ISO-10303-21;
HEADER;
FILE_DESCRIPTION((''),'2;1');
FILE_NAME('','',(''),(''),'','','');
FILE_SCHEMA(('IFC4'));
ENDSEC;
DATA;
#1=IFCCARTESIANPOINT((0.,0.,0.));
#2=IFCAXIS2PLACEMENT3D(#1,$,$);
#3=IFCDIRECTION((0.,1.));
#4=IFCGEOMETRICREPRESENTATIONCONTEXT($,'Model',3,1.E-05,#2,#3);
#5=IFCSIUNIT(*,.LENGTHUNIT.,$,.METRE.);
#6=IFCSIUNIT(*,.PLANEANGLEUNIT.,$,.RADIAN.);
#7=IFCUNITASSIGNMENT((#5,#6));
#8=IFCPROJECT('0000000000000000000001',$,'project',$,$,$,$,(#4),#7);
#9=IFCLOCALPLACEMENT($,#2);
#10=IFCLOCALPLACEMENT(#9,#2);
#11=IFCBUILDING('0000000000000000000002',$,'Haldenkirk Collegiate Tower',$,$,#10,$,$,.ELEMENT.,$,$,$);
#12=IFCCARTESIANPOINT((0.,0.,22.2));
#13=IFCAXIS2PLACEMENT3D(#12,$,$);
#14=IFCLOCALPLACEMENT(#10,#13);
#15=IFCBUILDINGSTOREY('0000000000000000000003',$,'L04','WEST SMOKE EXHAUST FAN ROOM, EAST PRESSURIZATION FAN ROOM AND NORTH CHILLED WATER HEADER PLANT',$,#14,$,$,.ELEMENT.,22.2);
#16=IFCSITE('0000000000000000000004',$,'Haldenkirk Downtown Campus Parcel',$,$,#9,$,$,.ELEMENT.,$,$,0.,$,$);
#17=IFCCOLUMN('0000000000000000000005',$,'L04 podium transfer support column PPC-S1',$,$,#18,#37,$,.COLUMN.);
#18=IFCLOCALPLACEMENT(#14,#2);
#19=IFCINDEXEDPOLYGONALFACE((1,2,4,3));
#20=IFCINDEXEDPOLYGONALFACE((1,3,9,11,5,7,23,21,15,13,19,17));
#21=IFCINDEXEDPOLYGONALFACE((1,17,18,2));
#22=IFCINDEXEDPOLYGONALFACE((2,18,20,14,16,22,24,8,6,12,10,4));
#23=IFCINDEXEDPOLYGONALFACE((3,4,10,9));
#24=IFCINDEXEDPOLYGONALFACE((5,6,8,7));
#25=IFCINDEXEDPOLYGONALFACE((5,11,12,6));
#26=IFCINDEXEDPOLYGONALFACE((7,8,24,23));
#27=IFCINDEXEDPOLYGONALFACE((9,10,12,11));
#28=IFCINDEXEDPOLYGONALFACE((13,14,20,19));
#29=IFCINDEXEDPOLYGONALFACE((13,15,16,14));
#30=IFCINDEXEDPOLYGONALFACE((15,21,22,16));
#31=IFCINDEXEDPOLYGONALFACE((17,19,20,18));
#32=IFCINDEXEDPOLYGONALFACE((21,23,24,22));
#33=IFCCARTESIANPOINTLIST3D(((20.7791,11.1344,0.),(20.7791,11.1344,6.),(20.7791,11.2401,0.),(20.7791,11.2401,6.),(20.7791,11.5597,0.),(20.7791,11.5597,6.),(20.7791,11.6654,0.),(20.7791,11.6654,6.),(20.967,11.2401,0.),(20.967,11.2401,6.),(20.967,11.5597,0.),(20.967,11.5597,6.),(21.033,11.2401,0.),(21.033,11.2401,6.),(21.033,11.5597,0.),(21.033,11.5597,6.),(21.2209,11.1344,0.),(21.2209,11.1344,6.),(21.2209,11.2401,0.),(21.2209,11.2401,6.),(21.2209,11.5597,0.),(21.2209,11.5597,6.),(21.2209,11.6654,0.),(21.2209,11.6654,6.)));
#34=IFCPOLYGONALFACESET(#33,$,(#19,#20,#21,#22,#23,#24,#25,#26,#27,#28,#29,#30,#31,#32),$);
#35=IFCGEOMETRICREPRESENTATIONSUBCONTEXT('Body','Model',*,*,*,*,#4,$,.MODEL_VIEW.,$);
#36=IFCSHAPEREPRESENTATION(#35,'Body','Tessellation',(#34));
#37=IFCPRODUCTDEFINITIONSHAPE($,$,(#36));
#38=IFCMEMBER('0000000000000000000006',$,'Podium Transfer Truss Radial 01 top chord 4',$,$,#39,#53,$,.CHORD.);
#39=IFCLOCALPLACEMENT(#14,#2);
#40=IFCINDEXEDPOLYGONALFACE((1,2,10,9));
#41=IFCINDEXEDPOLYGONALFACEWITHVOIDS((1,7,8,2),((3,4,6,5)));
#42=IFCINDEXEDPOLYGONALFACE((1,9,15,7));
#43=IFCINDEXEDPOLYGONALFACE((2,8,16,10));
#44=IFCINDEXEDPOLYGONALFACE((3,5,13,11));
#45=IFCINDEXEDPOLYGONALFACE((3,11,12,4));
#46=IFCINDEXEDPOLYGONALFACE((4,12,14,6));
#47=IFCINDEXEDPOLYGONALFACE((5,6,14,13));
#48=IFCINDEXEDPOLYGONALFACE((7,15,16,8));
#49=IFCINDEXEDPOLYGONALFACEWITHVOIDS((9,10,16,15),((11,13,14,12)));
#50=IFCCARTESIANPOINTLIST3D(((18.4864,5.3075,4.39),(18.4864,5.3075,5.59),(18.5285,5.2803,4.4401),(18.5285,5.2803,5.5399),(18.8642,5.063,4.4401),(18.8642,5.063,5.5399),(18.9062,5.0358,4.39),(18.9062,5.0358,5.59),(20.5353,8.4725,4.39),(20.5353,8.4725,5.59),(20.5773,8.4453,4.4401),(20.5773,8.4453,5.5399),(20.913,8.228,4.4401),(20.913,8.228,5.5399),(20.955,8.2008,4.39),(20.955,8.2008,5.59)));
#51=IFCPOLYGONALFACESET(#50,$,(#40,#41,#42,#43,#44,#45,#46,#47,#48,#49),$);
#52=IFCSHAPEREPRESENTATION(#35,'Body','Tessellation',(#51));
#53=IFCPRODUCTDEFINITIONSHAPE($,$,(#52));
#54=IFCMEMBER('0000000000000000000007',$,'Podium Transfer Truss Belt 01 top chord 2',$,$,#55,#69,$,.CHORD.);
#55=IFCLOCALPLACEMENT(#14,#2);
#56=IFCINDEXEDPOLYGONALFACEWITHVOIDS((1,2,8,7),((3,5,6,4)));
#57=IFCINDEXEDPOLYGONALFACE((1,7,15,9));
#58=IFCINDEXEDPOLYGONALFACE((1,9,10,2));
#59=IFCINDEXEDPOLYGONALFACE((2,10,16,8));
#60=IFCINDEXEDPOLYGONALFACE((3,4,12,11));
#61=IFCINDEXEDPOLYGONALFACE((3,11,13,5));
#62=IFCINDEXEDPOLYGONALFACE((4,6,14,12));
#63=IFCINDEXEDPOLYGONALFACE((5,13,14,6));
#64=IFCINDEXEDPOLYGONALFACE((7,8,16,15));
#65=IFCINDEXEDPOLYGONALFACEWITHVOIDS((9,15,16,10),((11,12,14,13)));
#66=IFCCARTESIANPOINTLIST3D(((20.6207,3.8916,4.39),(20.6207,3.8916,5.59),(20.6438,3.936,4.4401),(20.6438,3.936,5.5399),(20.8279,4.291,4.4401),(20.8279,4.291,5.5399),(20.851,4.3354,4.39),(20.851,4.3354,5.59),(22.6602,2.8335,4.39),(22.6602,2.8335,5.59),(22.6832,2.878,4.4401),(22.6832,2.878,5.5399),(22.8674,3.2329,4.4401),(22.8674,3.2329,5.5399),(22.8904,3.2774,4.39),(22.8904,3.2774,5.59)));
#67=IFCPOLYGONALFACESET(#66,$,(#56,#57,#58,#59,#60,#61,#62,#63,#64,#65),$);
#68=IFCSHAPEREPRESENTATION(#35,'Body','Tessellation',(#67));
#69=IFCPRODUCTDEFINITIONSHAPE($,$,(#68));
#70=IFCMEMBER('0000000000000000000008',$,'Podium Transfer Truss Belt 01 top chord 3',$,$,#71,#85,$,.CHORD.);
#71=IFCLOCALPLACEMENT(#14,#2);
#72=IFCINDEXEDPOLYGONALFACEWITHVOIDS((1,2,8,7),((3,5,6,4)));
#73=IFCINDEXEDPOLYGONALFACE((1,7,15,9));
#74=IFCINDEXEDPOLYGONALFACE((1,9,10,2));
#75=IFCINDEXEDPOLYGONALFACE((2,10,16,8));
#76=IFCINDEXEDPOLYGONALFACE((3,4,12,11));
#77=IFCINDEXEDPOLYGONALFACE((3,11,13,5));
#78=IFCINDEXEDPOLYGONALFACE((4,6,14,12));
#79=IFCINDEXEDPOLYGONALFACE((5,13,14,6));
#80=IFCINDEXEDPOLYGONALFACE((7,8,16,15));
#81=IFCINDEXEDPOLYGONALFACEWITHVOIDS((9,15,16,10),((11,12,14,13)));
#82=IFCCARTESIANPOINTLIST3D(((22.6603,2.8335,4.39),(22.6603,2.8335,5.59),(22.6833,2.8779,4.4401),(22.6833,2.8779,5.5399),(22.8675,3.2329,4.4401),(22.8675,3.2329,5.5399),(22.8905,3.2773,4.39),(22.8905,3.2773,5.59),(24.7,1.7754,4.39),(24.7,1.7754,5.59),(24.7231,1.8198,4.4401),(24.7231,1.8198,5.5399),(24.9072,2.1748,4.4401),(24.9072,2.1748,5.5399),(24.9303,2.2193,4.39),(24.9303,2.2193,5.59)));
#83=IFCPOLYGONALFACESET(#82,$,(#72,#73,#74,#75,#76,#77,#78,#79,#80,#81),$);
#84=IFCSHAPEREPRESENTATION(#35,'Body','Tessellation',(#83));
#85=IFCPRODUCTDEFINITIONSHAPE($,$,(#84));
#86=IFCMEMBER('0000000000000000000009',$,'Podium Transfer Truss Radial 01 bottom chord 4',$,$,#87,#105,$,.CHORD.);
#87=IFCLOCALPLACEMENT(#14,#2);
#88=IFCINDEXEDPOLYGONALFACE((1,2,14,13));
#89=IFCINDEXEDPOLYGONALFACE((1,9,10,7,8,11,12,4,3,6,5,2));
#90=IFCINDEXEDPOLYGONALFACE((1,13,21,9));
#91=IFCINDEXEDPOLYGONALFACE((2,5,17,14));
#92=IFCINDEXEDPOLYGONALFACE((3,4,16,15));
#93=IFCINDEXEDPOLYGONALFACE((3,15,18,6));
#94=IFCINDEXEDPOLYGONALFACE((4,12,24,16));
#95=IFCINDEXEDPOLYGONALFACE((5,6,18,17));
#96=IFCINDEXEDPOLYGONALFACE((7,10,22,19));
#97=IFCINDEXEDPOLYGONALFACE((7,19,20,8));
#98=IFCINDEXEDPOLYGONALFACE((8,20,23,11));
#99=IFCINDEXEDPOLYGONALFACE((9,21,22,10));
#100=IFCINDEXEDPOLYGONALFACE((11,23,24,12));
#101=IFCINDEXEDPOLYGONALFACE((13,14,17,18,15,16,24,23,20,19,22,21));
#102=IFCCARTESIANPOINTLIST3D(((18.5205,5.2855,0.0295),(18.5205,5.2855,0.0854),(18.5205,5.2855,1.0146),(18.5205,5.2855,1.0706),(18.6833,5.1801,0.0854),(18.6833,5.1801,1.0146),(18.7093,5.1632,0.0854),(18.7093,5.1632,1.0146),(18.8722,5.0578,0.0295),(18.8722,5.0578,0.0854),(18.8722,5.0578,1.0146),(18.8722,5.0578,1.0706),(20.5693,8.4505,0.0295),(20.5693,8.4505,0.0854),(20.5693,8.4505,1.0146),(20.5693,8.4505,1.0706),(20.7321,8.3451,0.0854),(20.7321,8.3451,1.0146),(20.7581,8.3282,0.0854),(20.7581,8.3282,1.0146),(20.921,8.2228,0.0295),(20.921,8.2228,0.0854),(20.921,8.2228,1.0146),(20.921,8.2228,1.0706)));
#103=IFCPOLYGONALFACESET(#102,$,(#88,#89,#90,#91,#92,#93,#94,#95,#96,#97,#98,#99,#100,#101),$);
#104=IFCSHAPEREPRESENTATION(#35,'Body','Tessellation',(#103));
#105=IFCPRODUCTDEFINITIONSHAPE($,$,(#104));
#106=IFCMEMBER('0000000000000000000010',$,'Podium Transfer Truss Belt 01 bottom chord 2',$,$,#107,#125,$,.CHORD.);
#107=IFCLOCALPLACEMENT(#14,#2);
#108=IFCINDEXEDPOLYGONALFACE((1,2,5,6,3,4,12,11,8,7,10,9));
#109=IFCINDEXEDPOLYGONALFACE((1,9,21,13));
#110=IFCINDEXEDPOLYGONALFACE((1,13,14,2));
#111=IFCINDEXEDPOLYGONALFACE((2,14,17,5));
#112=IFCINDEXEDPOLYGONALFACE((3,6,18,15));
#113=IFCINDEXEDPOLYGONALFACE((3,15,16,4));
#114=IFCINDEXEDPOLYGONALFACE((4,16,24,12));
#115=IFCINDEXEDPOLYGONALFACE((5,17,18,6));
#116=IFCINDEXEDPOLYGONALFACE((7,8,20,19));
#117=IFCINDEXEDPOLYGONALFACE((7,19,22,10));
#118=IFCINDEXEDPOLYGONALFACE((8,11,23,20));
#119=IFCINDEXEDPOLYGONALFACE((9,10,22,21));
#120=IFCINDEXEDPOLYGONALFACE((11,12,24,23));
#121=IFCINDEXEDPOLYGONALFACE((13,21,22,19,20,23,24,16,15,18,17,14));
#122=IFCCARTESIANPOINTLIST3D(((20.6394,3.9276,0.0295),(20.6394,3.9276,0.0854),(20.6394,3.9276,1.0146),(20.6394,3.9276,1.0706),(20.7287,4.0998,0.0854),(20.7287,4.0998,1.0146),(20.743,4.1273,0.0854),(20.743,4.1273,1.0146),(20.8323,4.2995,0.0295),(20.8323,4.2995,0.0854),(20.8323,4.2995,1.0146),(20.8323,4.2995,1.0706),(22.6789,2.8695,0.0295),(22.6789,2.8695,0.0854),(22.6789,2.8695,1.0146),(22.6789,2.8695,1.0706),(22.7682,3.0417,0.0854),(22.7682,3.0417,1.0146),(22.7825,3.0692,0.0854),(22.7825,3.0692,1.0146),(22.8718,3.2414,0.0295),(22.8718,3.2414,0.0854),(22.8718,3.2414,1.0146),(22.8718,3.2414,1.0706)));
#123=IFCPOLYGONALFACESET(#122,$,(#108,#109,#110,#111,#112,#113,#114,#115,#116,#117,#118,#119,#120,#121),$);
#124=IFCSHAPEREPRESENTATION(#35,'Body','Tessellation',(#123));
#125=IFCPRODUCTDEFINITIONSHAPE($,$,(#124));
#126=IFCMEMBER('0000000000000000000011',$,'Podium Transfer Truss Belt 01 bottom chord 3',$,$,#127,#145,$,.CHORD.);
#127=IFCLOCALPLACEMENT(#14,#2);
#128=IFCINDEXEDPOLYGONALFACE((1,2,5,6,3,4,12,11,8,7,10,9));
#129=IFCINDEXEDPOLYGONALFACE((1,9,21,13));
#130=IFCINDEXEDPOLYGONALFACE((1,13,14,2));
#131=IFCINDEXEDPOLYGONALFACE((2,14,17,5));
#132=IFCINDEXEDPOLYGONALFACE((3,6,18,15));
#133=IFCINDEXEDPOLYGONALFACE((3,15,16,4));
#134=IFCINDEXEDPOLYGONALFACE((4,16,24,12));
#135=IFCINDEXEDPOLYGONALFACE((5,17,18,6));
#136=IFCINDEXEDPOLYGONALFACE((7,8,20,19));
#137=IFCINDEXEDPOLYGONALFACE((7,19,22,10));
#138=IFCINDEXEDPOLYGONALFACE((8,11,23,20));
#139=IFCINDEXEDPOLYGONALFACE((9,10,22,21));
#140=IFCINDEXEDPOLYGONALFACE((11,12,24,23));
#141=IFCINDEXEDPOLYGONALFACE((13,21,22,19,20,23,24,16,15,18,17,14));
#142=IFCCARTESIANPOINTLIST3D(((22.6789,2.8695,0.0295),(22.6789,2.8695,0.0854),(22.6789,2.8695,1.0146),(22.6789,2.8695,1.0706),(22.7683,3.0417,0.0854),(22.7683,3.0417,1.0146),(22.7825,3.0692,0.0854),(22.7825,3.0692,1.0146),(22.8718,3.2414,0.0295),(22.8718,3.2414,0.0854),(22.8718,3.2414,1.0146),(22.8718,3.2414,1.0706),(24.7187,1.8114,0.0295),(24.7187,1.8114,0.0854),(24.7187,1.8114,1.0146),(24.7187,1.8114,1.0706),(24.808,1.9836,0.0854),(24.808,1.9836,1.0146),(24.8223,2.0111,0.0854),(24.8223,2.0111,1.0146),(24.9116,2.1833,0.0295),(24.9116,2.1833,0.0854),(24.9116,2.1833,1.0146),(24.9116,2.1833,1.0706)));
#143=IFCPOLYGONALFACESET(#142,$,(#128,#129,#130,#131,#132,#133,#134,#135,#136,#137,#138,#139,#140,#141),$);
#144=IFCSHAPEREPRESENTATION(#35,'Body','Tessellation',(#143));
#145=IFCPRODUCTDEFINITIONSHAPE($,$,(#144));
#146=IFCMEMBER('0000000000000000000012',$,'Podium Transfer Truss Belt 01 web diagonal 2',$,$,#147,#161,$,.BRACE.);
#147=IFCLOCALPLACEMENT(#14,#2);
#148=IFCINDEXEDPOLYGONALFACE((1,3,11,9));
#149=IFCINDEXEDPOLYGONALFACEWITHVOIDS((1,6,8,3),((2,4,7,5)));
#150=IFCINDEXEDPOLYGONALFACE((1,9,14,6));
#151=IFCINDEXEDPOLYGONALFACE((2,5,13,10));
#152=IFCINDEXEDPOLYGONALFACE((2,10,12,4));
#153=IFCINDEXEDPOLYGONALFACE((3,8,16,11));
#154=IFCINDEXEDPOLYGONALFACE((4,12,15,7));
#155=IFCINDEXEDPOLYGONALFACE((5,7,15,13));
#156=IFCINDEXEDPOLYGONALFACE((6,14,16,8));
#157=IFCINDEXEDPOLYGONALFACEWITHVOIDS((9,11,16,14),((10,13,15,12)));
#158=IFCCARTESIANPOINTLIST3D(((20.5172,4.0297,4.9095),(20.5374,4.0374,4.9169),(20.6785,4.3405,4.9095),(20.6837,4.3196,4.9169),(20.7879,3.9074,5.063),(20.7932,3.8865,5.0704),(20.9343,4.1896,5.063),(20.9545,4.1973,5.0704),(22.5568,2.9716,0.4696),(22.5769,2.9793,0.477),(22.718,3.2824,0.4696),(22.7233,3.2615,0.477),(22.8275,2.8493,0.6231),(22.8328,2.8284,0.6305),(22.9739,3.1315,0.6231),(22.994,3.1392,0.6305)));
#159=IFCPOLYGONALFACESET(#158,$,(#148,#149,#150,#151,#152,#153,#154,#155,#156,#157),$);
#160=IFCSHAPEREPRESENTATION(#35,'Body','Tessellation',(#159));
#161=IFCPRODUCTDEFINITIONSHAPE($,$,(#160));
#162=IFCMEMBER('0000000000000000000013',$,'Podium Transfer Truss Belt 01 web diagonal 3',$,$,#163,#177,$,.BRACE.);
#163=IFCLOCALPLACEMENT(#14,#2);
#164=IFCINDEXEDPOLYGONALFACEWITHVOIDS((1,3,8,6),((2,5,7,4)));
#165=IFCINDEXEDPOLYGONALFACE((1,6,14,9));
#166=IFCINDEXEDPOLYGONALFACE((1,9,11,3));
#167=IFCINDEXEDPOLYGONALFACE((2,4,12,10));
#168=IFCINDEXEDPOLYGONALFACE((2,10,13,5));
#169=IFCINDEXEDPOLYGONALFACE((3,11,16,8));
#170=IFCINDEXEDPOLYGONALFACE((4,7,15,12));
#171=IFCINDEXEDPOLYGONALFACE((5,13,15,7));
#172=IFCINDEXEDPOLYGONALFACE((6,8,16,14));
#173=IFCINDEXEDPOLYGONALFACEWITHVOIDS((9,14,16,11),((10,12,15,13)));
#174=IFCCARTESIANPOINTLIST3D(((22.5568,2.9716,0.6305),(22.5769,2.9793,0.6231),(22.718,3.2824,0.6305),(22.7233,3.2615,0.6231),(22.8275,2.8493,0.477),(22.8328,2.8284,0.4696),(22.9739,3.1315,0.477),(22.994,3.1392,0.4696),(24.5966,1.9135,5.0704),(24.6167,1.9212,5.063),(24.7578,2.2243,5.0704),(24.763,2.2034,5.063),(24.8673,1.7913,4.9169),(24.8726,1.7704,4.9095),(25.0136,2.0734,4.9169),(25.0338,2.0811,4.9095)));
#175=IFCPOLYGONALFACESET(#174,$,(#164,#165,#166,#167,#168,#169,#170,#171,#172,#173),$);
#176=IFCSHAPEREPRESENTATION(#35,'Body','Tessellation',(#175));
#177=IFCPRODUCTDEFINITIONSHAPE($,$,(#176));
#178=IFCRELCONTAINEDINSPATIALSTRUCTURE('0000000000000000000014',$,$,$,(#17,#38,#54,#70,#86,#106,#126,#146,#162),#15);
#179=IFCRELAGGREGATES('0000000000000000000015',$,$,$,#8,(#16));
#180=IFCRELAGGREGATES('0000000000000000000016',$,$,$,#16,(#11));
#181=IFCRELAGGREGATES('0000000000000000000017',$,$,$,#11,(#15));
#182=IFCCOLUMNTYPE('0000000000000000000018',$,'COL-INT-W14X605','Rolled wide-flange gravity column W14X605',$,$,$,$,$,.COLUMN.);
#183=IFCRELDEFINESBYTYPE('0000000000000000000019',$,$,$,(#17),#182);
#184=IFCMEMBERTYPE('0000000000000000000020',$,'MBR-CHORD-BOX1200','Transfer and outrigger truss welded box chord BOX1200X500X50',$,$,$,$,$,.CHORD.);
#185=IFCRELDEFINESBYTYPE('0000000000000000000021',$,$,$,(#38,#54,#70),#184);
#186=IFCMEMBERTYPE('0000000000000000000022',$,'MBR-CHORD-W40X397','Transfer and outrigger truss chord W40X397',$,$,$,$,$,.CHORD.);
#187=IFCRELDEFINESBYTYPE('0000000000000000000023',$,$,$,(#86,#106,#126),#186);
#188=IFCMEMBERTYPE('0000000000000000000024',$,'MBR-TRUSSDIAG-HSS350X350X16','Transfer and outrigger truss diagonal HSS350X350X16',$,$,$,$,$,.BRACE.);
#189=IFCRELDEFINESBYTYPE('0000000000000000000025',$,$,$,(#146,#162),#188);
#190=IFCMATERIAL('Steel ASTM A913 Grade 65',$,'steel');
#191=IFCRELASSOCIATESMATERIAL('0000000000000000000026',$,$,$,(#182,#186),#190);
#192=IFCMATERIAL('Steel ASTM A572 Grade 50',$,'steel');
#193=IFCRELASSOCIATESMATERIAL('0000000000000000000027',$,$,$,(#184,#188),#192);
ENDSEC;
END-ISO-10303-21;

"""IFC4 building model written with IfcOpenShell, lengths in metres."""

from ifc_helpers import new_model, si_unit, direction, frame, origin, origin_2d, place, context, subcontext, project, spatial, hollow_rectangle, i_section, extrude, material, material_profile, profile_set, type_object, element, save


model = new_model("IFC4")

# Units and contexts
model_context = context("Model", 3, precision=1e-05, world=origin(), true_north=direction((0.0, 1.0)))
body_context = subcontext(model_context, "Body", "Model", "MODEL_VIEW")
ifc_project = project(units=[si_unit("LENGTHUNIT", "METRE"), si_unit("PLANEANGLEUNIT", "RADIAN")], contexts=[model_context])

# Site, building, storey
site_placement = place(None, origin())
site = spatial("IfcSite", under=ifc_project, at=site_placement, Name="Haldenkirk Downtown Campus Parcel", CompositionType="ELEMENT", RefElevation=0.0)
building_placement = place(site_placement, origin())
building = spatial("IfcBuilding", under=site, at=building_placement, Name="Haldenkirk Collegiate Tower", CompositionType="ELEMENT")
storey_placement = place(building_placement, frame((0.0, 0.0, 22.2)))
storey = spatial("IfcBuildingStorey", under=building, at=storey_placement, Name="L04", Description="WEST SMOKE EXHAUST FAN ROOM, EAST PRESSURIZATION FAN ROOM AND NORTH CHILLED WATER HEADER PLANT", CompositionType="ELEMENT", Elevation=22.2)

# Column
ifc_material_1 = material(Name="Steel ASTM A913 Grade 65", Category="steel")
ifc_material_profile_1 = material_profile(ifc_material_1, i_section(OverallWidth=0.4419, OverallDepth=0.531, WebThickness=0.0659, FlangeThickness=0.1057, at=origin_2d()), Name="W14X605")
ifc_profile_set_1 = profile_set([ifc_material_profile_1], Name="Steel ASTM A913 Grade 65")
column_type = type_object("IfcColumnType", Name="COL-INT-W14X605", Description="Rolled wide-flange gravity column W14X605", PredefinedType="COLUMN", material=ifc_profile_set_1)
column_placement = place(storey_placement, frame((21.0, 11.3999, 0.0), z_axis=(0.0, 0.0, 1.0), x_axis=(1.0, 0.0, 0.0)))
element("IfcColumn", 1, at=column_placement, inside=storey, type_object=column_type, Name="L04 podium transfer support column PPC-S1", PredefinedType="COLUMN", context=body_context, shape_type="SweptSolid", body=[
    extrude(i_section(OverallWidth=0.4419, OverallDepth=0.531, WebThickness=0.0659, FlangeThickness=0.1057, at=origin_2d()), origin(), (0.0, 0.0, 1.0), 6.0),
])

# Members
ifc_material_2 = material(Name="Steel ASTM A572 Grade 50", Category="steel")
ifc_material_profile_2 = material_profile(ifc_material_2, hollow_rectangle(XDim=0.5, YDim=1.2, WallThickness=0.05, at=origin_2d()), Name="BOX1200X500X50")
ifc_profile_set_2 = profile_set([ifc_material_profile_2], Name="Steel ASTM A572 Grade 50")
member_type_1 = type_object("IfcMemberType", Name="MBR-CHORD-BOX1200", Description="Transfer and outrigger truss welded box chord BOX1200X500X50", PredefinedType="CHORD", material=ifc_profile_set_2)
member_1_placement = place(storey_placement, frame((20.7451, 8.3367, 4.99), z_axis=(-0.543412, -0.839466, 0.0), x_axis=(0.839466, -0.543412, 0.0)))
element("IfcMember", 2, at=member_1_placement, inside=storey, type_object=member_type_1, Name="Podium Transfer Truss Radial 01 top chord 4", PredefinedType="CHORD", context=body_context, shape_type="SweptSolid", body=[
    extrude(hollow_rectangle(XDim=0.5, YDim=1.2, WallThickness=0.05, at=origin_2d()), origin(), (0.0, 0.0, 1.0), 3.7703),
])
member_2_placement = place(storey_placement, frame((20.7358, 4.1135, 4.99), z_axis=(0.887655, -0.460509, 0.0), x_axis=(0.460509, 0.887655, 0.0)))
element("IfcMember", 3, at=member_2_placement, inside=storey, type_object=member_type_1, Name="Podium Transfer Truss Belt 01 top chord 2", PredefinedType="CHORD", context=body_context, shape_type="SweptSolid", body=[
    extrude(hollow_rectangle(XDim=0.5, YDim=1.2, WallThickness=0.05, at=origin_2d()), origin(), (0.0, 0.0, 1.0), 2.2976),
])
member_3_placement = place(storey_placement, frame((22.7754, 3.0554, 4.99), z_axis=(0.887677, -0.460466, 0.0), x_axis=(0.460466, 0.887677, 0.0)))
element("IfcMember", 4, at=member_3_placement, inside=storey, type_object=member_type_1, Name="Podium Transfer Truss Belt 01 top chord 3", PredefinedType="CHORD", context=body_context, shape_type="SweptSolid", body=[
    extrude(hollow_rectangle(XDim=0.5, YDim=1.2, WallThickness=0.05, at=origin_2d()), origin(), (0.0, 0.0, 1.0), 2.2979),
])
ifc_material_profile_3 = material_profile(ifc_material_1, i_section(OverallWidth=0.4189, OverallDepth=1.041, WebThickness=0.031, FlangeThickness=0.0559, at=origin_2d()), Name="W40X397")
ifc_profile_set_3 = profile_set([ifc_material_profile_3], Name="Steel ASTM A913 Grade 65")
member_type_2 = type_object("IfcMemberType", Name="MBR-CHORD-W40X397", Description="Transfer and outrigger truss chord W40X397", PredefinedType="CHORD", material=ifc_profile_set_3)
member_4_placement = place(storey_placement, frame((20.7451, 8.3367, 0.55), z_axis=(-0.543412, -0.839466, 0.0), x_axis=(0.839466, -0.543412, 0.0)))
element("IfcMember", 5, at=member_4_placement, inside=storey, type_object=member_type_2, Name="Podium Transfer Truss Radial 01 bottom chord 4", PredefinedType="CHORD", context=body_context, shape_type="SweptSolid", body=[
    extrude(i_section(OverallWidth=0.4189, OverallDepth=1.041, WebThickness=0.031, FlangeThickness=0.0559, at=origin_2d()), origin(), (0.0, 0.0, 1.0), 3.7703),
])
member_5_placement = place(storey_placement, frame((20.7358, 4.1135, 0.55), z_axis=(0.887655, -0.460509, 0.0), x_axis=(0.460509, 0.887655, 0.0)))
element("IfcMember", 6, at=member_5_placement, inside=storey, type_object=member_type_2, Name="Podium Transfer Truss Belt 01 bottom chord 2", PredefinedType="CHORD", context=body_context, shape_type="SweptSolid", body=[
    extrude(i_section(OverallWidth=0.4189, OverallDepth=1.041, WebThickness=0.031, FlangeThickness=0.0559, at=origin_2d()), origin(), (0.0, 0.0, 1.0), 2.2976),
])
member_6_placement = place(storey_placement, frame((22.7754, 3.0554, 0.55), z_axis=(0.887677, -0.460466, 0.0), x_axis=(0.460466, 0.887677, 0.0)))
element("IfcMember", 7, at=member_6_placement, inside=storey, type_object=member_type_2, Name="Podium Transfer Truss Belt 01 bottom chord 3", PredefinedType="CHORD", context=body_context, shape_type="SweptSolid", body=[
    extrude(i_section(OverallWidth=0.4189, OverallDepth=1.041, WebThickness=0.031, FlangeThickness=0.0559, at=origin_2d()), origin(), (0.0, 0.0, 1.0), 2.2979),
])
ifc_material_profile_4 = material_profile(ifc_material_2, hollow_rectangle(XDim=0.3501, YDim=0.3501, WallThickness=0.0161, at=origin_2d()), Name="HSS350X350X16")
ifc_profile_set_4 = profile_set([ifc_material_profile_4], Name="Steel ASTM A572 Grade 50")
member_type_3 = type_object("IfcMemberType", Name="MBR-TRUSSDIAG-HSS350X350X16", Description="Transfer and outrigger truss diagonal HSS350X350X16", PredefinedType="BRACE", material=ifc_profile_set_4)
for number, where, z_axis, x_axis, name in (
    (8, (20.7358, 4.1135, 4.99), (0.407972, -0.211653, -0.888123), (0.460509, 0.887655, 0.0), "Podium Transfer Truss Belt 01 web diagonal 2"),
    (9, (22.7754, 3.0554, 0.55), (0.408013, -0.211649, 0.888105), (0.460466, 0.887677, 0.0), "Podium Transfer Truss Belt 01 web diagonal 3"),
):
    element("IfcMember", number, at=place(storey_placement, frame(where, z_axis=z_axis, x_axis=x_axis)), inside=storey, type_object=member_type_3, Name=name, PredefinedType="BRACE", context=body_context, shape_type="SweptSolid", body=[
        extrude(hollow_rectangle(XDim=0.3501, YDim=0.3501, WallThickness=0.0161, at=origin_2d()), origin(), (0.0, 0.0, 1.0), 4.9993),
    ])

save(model, "model.ifc")
